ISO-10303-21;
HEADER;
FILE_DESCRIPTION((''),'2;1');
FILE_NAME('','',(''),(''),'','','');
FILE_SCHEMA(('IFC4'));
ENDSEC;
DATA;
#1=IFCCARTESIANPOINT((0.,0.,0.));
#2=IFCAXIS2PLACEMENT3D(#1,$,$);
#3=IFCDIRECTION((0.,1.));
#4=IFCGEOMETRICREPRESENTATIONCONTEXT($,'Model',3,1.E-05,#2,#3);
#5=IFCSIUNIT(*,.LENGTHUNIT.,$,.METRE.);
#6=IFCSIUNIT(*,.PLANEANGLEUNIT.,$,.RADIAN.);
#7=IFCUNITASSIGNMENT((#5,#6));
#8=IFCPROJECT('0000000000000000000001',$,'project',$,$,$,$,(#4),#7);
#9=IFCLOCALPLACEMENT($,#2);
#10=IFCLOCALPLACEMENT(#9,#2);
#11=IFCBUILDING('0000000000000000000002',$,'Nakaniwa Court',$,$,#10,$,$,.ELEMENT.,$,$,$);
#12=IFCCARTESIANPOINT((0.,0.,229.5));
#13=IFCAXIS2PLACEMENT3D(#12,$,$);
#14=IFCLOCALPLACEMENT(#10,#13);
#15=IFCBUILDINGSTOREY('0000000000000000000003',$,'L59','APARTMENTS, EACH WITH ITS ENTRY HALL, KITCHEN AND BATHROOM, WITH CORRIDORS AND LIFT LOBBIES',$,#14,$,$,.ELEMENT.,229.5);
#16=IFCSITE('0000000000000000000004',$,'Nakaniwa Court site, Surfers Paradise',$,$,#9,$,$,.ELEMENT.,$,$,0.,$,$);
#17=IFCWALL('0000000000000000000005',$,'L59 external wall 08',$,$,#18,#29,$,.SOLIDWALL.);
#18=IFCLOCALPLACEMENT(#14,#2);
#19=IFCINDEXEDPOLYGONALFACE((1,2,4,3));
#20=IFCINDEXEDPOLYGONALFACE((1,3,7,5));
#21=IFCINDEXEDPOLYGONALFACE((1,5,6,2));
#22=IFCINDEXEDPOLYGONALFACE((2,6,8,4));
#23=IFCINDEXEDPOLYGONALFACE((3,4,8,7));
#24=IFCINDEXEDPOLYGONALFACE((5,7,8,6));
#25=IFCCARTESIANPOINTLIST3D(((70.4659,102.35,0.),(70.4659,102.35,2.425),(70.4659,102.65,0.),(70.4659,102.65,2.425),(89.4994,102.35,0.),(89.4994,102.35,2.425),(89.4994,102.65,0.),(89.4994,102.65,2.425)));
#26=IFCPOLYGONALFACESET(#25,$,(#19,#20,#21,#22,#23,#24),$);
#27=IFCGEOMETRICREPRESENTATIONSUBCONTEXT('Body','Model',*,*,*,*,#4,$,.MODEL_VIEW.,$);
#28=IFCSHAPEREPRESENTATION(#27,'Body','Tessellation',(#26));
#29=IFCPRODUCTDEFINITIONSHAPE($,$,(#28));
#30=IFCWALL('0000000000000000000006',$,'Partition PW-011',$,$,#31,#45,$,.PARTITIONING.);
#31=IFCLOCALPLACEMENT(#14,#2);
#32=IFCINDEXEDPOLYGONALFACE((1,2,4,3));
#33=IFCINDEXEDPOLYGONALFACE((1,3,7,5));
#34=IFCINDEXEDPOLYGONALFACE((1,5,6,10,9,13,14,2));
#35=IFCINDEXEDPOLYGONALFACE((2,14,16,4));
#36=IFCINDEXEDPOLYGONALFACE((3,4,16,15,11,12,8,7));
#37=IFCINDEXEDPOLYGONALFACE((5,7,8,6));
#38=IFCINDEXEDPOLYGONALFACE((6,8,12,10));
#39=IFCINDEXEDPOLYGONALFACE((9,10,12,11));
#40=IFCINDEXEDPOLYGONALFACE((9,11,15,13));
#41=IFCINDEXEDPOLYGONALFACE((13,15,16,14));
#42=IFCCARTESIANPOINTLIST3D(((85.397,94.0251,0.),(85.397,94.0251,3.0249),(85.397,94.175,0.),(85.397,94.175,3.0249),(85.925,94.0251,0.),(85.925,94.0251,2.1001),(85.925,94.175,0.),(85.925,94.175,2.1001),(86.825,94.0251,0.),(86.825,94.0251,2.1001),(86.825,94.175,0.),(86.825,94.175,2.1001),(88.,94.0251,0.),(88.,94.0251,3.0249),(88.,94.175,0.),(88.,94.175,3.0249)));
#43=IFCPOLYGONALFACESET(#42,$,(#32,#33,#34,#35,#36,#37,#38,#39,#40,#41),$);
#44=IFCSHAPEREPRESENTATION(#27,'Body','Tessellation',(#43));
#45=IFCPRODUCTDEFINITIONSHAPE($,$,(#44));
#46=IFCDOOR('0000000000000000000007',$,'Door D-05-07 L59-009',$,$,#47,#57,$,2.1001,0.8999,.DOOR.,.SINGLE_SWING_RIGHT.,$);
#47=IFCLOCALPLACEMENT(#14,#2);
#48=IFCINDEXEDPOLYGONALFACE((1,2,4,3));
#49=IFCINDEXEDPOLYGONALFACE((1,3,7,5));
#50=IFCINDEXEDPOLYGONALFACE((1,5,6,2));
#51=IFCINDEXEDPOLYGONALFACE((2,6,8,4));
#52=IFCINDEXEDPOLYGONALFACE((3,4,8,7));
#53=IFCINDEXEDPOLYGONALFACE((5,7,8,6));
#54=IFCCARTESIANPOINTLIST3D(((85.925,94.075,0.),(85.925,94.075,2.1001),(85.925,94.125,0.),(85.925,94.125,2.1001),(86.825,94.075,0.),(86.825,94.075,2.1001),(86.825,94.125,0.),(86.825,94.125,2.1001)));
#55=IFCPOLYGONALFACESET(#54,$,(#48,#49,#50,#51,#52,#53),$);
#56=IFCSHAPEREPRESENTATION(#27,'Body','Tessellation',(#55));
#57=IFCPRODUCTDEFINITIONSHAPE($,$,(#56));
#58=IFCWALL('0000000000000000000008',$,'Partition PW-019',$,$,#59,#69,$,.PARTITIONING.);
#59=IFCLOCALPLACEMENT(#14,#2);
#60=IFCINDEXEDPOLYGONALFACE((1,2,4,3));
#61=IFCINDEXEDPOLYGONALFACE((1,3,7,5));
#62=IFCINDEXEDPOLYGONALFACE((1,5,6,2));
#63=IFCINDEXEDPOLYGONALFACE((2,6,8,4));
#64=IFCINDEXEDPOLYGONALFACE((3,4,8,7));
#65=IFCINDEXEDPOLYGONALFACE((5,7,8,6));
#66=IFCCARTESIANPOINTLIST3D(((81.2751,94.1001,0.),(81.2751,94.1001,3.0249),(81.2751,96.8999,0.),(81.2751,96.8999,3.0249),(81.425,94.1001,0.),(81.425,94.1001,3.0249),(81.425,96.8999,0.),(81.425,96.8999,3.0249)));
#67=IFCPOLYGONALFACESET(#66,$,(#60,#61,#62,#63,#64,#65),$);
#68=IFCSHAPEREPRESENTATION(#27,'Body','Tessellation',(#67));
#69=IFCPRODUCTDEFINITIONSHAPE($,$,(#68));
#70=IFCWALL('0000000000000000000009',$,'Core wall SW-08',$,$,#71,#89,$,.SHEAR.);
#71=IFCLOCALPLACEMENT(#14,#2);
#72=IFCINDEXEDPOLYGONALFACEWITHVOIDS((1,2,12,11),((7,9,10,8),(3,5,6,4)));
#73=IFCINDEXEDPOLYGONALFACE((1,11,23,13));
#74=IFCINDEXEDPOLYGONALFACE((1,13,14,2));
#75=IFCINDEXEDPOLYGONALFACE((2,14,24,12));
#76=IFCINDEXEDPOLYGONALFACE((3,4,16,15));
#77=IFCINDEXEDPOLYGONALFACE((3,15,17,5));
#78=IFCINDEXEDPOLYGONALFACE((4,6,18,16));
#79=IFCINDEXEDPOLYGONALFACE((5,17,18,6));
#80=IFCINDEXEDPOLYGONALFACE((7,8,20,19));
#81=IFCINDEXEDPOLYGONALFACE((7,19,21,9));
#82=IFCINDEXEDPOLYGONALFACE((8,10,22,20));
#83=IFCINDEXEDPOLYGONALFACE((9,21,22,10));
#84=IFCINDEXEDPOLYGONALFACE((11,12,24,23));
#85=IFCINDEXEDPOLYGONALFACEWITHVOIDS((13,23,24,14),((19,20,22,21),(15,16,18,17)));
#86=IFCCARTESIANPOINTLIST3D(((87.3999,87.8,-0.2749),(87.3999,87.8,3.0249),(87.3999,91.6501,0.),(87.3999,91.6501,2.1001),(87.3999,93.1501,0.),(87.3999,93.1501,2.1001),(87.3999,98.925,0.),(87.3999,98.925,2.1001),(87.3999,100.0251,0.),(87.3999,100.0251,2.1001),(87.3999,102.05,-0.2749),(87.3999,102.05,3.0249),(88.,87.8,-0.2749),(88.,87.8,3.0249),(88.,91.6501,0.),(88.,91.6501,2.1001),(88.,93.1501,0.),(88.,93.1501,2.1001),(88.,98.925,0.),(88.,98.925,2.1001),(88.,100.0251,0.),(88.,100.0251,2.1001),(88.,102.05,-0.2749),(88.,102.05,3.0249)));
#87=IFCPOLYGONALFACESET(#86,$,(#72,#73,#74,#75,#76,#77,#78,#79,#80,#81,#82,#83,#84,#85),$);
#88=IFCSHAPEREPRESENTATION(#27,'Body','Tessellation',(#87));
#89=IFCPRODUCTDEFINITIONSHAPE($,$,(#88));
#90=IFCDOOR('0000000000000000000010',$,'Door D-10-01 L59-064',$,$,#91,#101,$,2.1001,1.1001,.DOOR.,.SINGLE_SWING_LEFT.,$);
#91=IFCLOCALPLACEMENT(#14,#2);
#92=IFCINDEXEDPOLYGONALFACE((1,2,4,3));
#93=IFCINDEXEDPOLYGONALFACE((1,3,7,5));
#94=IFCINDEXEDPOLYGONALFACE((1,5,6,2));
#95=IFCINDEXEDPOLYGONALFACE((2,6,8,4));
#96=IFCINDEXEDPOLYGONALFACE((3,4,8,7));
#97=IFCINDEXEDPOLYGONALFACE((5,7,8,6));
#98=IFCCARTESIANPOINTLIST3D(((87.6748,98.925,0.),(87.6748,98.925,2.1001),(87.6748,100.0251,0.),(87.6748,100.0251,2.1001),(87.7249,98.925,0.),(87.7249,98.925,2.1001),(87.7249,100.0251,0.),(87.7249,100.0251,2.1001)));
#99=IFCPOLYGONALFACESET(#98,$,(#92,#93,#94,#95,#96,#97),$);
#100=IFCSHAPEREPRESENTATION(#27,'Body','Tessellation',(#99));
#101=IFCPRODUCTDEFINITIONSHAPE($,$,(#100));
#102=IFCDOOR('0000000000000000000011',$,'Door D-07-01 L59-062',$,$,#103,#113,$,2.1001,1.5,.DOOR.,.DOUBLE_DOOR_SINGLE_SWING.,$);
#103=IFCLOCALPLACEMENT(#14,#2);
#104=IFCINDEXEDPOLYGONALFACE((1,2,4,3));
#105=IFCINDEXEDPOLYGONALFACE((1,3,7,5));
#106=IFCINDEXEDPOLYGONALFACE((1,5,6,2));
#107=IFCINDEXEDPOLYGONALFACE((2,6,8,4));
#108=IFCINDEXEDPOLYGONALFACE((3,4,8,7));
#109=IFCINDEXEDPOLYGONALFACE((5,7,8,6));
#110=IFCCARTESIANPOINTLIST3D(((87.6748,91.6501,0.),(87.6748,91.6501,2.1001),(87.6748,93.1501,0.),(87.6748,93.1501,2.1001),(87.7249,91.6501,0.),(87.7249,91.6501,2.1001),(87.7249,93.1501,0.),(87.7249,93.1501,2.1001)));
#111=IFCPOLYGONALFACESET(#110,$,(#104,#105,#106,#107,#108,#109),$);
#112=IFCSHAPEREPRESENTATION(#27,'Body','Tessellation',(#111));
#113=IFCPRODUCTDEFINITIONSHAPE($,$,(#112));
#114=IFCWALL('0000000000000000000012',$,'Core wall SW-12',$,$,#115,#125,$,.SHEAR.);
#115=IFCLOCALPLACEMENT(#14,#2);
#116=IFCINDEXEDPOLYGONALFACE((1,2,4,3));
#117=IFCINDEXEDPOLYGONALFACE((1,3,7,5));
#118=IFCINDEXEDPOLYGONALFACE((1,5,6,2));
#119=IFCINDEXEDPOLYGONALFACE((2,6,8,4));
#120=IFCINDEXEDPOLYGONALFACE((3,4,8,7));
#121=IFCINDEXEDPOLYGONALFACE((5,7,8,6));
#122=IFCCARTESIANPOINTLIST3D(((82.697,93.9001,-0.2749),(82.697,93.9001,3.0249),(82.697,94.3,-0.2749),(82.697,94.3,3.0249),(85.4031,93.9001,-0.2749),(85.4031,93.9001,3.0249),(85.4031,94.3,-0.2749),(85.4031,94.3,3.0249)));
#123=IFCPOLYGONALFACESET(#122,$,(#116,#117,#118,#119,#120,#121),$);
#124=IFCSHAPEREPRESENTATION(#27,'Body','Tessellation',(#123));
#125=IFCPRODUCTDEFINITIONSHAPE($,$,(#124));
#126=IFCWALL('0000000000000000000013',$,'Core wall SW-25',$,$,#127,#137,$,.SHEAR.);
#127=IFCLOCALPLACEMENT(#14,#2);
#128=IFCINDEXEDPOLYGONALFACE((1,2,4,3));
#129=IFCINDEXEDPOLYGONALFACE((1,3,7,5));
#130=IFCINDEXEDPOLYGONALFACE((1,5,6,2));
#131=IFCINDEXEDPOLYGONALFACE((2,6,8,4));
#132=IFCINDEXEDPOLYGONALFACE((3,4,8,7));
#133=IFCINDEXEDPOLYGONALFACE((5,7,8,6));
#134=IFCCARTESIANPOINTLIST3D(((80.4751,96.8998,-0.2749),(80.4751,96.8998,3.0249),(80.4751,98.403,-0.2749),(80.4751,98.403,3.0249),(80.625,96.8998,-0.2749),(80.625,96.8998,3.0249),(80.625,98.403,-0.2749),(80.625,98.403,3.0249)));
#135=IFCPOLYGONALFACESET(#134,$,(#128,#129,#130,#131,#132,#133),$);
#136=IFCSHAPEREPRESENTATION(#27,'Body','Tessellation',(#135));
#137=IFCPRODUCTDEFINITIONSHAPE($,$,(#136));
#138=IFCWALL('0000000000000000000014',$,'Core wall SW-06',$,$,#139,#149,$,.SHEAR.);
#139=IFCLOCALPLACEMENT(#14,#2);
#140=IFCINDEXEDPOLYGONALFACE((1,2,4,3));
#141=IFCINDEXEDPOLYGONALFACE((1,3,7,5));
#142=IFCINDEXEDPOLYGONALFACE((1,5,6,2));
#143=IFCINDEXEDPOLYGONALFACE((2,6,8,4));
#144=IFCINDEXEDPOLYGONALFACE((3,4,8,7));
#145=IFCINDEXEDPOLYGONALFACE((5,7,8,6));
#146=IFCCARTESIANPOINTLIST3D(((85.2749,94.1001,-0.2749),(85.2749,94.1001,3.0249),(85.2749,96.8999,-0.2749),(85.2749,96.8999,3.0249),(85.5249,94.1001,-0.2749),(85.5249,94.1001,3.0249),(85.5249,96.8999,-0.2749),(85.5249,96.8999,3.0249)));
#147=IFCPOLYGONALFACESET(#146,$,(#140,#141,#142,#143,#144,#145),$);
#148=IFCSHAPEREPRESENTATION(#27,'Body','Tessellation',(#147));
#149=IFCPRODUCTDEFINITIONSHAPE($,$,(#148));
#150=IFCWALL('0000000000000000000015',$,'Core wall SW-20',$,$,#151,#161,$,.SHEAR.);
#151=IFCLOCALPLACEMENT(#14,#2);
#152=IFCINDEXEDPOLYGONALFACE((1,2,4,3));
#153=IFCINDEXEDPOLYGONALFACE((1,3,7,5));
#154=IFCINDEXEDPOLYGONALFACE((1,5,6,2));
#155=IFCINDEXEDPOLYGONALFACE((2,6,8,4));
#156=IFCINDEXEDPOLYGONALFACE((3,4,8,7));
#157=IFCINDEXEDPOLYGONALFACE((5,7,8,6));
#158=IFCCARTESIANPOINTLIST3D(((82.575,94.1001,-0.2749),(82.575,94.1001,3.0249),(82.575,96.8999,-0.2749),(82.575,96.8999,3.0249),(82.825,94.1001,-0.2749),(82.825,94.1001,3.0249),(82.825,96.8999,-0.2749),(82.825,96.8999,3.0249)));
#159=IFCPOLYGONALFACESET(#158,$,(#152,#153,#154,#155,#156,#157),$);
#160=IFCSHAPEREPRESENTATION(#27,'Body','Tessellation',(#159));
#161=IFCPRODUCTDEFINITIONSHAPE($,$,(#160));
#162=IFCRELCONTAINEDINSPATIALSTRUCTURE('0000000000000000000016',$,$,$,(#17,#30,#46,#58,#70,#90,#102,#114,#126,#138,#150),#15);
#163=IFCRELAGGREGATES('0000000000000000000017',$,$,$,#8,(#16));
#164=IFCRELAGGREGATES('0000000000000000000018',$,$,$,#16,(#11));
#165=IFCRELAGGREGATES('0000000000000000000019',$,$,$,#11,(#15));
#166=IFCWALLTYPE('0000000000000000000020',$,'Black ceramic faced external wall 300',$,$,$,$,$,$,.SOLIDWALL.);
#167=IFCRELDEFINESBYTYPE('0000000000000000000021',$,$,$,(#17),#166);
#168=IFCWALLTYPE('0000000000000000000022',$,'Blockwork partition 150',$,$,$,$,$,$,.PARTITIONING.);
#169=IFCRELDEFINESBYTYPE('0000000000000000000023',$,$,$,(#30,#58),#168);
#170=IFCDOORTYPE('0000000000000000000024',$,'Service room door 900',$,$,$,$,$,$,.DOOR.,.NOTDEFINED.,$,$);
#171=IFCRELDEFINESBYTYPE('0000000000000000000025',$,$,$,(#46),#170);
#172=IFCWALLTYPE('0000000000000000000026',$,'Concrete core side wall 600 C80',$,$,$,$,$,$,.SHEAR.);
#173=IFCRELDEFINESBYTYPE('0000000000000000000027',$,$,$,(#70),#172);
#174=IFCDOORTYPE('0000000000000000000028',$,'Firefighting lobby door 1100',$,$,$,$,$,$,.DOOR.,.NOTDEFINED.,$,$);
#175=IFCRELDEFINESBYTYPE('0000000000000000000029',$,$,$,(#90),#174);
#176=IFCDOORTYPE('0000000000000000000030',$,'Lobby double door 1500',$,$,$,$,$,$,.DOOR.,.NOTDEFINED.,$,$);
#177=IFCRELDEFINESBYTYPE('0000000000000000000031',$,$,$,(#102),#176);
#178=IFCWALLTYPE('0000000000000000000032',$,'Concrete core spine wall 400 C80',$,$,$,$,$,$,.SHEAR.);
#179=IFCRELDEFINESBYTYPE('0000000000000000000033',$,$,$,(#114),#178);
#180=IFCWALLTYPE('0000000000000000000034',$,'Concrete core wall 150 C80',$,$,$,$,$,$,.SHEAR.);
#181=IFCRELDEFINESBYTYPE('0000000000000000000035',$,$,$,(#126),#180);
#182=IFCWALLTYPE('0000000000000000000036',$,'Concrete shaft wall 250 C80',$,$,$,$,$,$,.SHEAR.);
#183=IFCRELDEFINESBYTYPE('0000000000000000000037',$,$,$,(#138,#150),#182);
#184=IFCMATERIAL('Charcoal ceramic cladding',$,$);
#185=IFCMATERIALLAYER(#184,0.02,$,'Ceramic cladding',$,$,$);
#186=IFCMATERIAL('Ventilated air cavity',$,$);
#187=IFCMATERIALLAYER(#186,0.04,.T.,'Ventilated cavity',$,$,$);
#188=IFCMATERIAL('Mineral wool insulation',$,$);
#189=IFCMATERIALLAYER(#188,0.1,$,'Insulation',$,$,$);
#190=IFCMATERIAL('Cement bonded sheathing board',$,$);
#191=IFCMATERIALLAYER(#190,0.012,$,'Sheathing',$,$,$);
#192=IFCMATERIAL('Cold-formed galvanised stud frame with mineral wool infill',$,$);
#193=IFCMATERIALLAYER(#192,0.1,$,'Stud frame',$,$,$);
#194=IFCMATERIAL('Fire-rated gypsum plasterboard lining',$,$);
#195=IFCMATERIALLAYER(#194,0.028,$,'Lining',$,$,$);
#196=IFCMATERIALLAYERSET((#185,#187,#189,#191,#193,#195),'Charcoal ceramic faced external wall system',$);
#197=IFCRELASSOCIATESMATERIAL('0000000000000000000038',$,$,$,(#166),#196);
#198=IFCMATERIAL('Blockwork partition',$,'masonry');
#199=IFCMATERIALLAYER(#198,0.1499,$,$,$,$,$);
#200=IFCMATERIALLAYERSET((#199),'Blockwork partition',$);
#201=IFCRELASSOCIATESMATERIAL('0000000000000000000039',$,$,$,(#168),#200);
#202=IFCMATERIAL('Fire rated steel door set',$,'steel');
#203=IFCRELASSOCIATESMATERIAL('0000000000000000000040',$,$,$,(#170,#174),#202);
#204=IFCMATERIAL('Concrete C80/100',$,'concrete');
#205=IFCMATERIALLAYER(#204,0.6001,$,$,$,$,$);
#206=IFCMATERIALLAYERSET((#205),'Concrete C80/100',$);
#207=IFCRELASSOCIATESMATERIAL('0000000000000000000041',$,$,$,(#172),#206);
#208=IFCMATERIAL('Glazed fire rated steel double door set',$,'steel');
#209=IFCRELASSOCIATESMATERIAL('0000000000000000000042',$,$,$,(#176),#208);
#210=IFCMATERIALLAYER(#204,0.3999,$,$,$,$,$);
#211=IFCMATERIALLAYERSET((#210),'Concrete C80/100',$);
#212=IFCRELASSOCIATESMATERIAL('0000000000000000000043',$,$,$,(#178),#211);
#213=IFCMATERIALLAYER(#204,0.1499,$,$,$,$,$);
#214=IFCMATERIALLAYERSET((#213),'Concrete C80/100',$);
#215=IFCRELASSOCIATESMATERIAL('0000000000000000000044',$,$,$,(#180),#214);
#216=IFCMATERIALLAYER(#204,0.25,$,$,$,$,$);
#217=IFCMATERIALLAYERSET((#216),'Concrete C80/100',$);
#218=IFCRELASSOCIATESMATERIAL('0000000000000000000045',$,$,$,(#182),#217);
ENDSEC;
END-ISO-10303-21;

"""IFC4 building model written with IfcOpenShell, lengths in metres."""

from ifc_helpers import new_model, si_unit, direction, frame, frame_2d, origin, place, context, subcontext, project, spatial, rectangle, extrude, material, layer, layer_set, type_object, element, fill, save


model = new_model("IFC4")

# Units and contexts
model_context = context("Model", 3, precision=1e-05, world=origin(), true_north=direction((0.0, 1.0)))
body_context = subcontext(model_context, "Body", "Model", "MODEL_VIEW")
ifc_project = project(units=[si_unit("LENGTHUNIT", "METRE"), si_unit("PLANEANGLEUNIT", "RADIAN")], contexts=[model_context])

# Site, building, storey
site_placement = place(None, origin())
site = spatial("IfcSite", under=ifc_project, at=site_placement, Name="Nakaniwa Court site, Surfers Paradise", CompositionType="ELEMENT", RefElevation=0.0)
building_placement = place(site_placement, origin())
building = spatial("IfcBuilding", under=site, at=building_placement, Name="Nakaniwa Court", CompositionType="ELEMENT")
storey_placement = place(building_placement, frame((0.0, 0.0, 229.5)))
storey = spatial("IfcBuildingStorey", under=building, at=storey_placement, Name="L59", Description="APARTMENTS, EACH WITH ITS ENTRY HALL, KITCHEN AND BATHROOM, WITH CORRIDORS AND LIFT LOBBIES", CompositionType="ELEMENT", Elevation=229.5)

# Wall
ifc_material_1 = material(Name="Charcoal ceramic cladding")
ifc_layer_1 = layer(ifc_material_1, 0.02, Name="Ceramic cladding")
ifc_material_2 = material(Name="Ventilated air cavity")
ifc_layer_2 = layer(ifc_material_2, 0.04, ventilated=True, Name="Ventilated cavity")
ifc_material_3 = material(Name="Mineral wool insulation")
ifc_layer_3 = layer(ifc_material_3, 0.1, Name="Insulation")
ifc_material_4 = material(Name="Cement bonded sheathing board")
ifc_layer_4 = layer(ifc_material_4, 0.012, Name="Sheathing")
ifc_material_5 = material(Name="Cold-formed galvanised stud frame with mineral wool infill")
ifc_layer_5 = layer(ifc_material_5, 0.1, Name="Stud frame")
ifc_material_6 = material(Name="Fire-rated gypsum plasterboard lining")
ifc_layer_6 = layer(ifc_material_6, 0.028, Name="Lining")
ifc_layer_set_1 = layer_set([ifc_layer_1, ifc_layer_2, ifc_layer_3, ifc_layer_4, ifc_layer_5, ifc_layer_6], Name="Charcoal ceramic faced external wall system")
wall_type_1 = type_object("IfcWallType", Name="Black ceramic faced external wall 300", PredefinedType="SOLIDWALL", material=ifc_layer_set_1)
wall_1_placement = place(storey_placement, frame((89.4993, 102.5, 0.0), z_axis=(0.0, 0.0, 1.0), x_axis=(-1.0, 0.0, 0.0)))
element("IfcWall", 1, at=wall_1_placement, inside=storey, type_object=wall_type_1, Name="L59 external wall 08", PredefinedType="SOLIDWALL", context=body_context, shape_type="SweptSolid", body=[
    extrude(rectangle(XDim=19.0334, YDim=0.3, at=frame_2d((9.5166, 0.0))), origin(), (0.0, 0.0, 1.0), 2.425),
])

# Wall, opening, door
ifc_material_7 = material(Name="Blockwork partition", Category="masonry")
ifc_layer_7 = layer(ifc_material_7, 0.1499)
ifc_layer_set_2 = layer_set([ifc_layer_7], Name="Blockwork partition")
wall_type_2 = type_object("IfcWallType", Name="Blockwork partition 150", PredefinedType="PARTITIONING", material=ifc_layer_set_2)
wall_2_placement = place(storey_placement, frame((85.397, 94.1001, 0.0), z_axis=(0.0, 0.0, 1.0), x_axis=(1.0, 0.0, 0.0)))
wall_2 = element("IfcWall", 2, at=wall_2_placement, inside=storey, type_object=wall_type_2, Name="Partition PW-011", PredefinedType="PARTITIONING", context=body_context, shape_type="SweptSolid", body=[
    extrude(rectangle(XDim=2.603, YDim=0.1499, at=frame_2d((1.3015, 0.0))), origin(), (0.0, 0.0, 1.0), 3.0249),
])
opening_1_placement = place(wall_2_placement, frame((0.5281, 0.0, 0.0)))
opening_1 = element("IfcOpeningElement", 3, at=opening_1_placement, cuts=wall_2, PredefinedType="OPENING", context=body_context, shape_type="SweptSolid", body=[
    extrude(rectangle(XDim=0.8999, YDim=2.1001, at=frame_2d((0.45, 1.05))), frame((0.0, 0.085, 0.0), z_axis=(0.0, -1.0, 0.0), x_axis=(1.0, 0.0, 0.0)), (0.0, 0.0, 1.0), 0.1699),
])
ifc_material_8 = material(Name="Fire rated steel door set", Category="steel")
door_type_1 = type_object("IfcDoorType", Name="Service room door 900", OperationType="NOTDEFINED", PredefinedType="DOOR", material=ifc_material_8)
door_1_placement = place(opening_1_placement, origin())
door_1 = element("IfcDoor", 4, at=door_1_placement, inside=storey, type_object=door_type_1, Name="Door D-05-07 L59-009", OperationType="SINGLE_SWING_RIGHT", OverallHeight=2.1001, OverallWidth=0.8999, PredefinedType="DOOR", context=body_context, shape_type="SweptSolid", body=[
    extrude(rectangle(XDim=0.8999, YDim=2.1001, at=frame_2d((0.45, 1.05))), frame((0.0, 0.0249, 0.0), z_axis=(0.0, -1.0, 0.0), x_axis=(1.0, 0.0, 0.0)), (0.0, 0.0, 1.0), 0.05),
])
fill(opening_1, door_1)

# Wall
wall_3_placement = place(storey_placement, frame((81.3501, 94.1001, 0.0), z_axis=(0.0, 0.0, 1.0), x_axis=(0.0, 1.0, 0.0)))
element("IfcWall", 5, at=wall_3_placement, inside=storey, type_object=wall_type_2, Name="Partition PW-019", PredefinedType="PARTITIONING", context=body_context, shape_type="SweptSolid", body=[
    extrude(rectangle(XDim=2.7998, YDim=0.1499, at=frame_2d((1.3999, 0.0))), origin(), (0.0, 0.0, 1.0), 3.0249),
])

# Wall, openings, doors
ifc_material_9 = material(Name="Concrete C80/100", Category="concrete")
ifc_layer_8 = layer(ifc_material_9, 0.6001)
ifc_layer_set_3 = layer_set([ifc_layer_8], Name="Concrete C80/100")
wall_type_3 = type_object("IfcWallType", Name="Concrete core side wall 600 C80", PredefinedType="SHEAR", material=ifc_layer_set_3)
wall_4_placement = place(storey_placement, frame((87.7, 102.05, -0.2749), z_axis=(0.0, 0.0, 1.0), x_axis=(0.0, -1.0, 0.0)))
wall_4 = element("IfcWall", 6, at=wall_4_placement, inside=storey, type_object=wall_type_3, Name="Core wall SW-08", PredefinedType="SHEAR", context=body_context, shape_type="SweptSolid", body=[
    extrude(rectangle(XDim=14.25, YDim=0.6001, at=frame_2d((7.125, 0.0))), origin(), (0.0, 0.0, 1.0), 3.2998),
])
opening_2_placement = place(wall_4_placement, frame((8.8999, 0.0, 0.2749)))
opening_2 = element("IfcOpeningElement", 7, at=opening_2_placement, cuts=wall_4, PredefinedType="OPENING", context=body_context, shape_type="SweptSolid", body=[
    extrude(rectangle(XDim=1.5, YDim=2.1001, at=frame_2d((0.75, 1.05))), frame((0.0, 0.3101, 0.0), z_axis=(0.0, -1.0, 0.0), x_axis=(1.0, 0.0, 0.0)), (0.0, 0.0, 1.0), 0.6201),
])
opening_3_placement = place(wall_4_placement, frame((2.0249, 0.0, 0.2749)))
opening_3 = element("IfcOpeningElement", 8, at=opening_3_placement, cuts=wall_4, PredefinedType="OPENING", context=body_context, shape_type="SweptSolid", body=[
    extrude(rectangle(XDim=1.1001, YDim=2.1001, at=frame_2d((0.55, 1.05))), frame((0.0, 0.3101, 0.0), z_axis=(0.0, -1.0, 0.0), x_axis=(1.0, 0.0, 0.0)), (0.0, 0.0, 1.0), 0.6201),
])
door_type_2 = type_object("IfcDoorType", Name="Firefighting lobby door 1100", OperationType="NOTDEFINED", PredefinedType="DOOR", material=ifc_material_8)
door_2_placement = place(opening_3_placement, origin())
door_2 = element("IfcDoor", 9, at=door_2_placement, inside=storey, type_object=door_type_2, Name="Door D-10-01 L59-064", OperationType="SINGLE_SWING_LEFT", OverallHeight=2.1001, OverallWidth=1.1001, PredefinedType="DOOR", context=body_context, shape_type="SweptSolid", body=[
    extrude(rectangle(XDim=1.1001, YDim=2.1001, at=frame_2d((0.55, 1.05))), frame((0.0, 0.0249, 0.0), z_axis=(0.0, -1.0, 0.0), x_axis=(1.0, 0.0, 0.0)), (0.0, 0.0, 1.0), 0.05),
])
fill(opening_3, door_2)
ifc_material_10 = material(Name="Glazed fire rated steel double door set", Category="steel")
door_type_3 = type_object("IfcDoorType", Name="Lobby double door 1500", OperationType="NOTDEFINED", PredefinedType="DOOR", material=ifc_material_10)
door_3_placement = place(opening_2_placement, origin())
door_3 = element("IfcDoor", 10, at=door_3_placement, inside=storey, type_object=door_type_3, Name="Door D-07-01 L59-062", OperationType="DOUBLE_DOOR_SINGLE_SWING", OverallHeight=2.1001, OverallWidth=1.5, PredefinedType="DOOR", context=body_context, shape_type="SweptSolid", body=[
    extrude(rectangle(XDim=1.5, YDim=2.1001, at=frame_2d((0.75, 1.05))), frame((0.0, 0.0249, 0.0), z_axis=(0.0, -1.0, 0.0), x_axis=(1.0, 0.0, 0.0)), (0.0, 0.0, 1.0), 0.05),
])
fill(opening_2, door_3)

# Walls
ifc_layer_9 = layer(ifc_material_9, 0.3999)
ifc_layer_set_4 = layer_set([ifc_layer_9], Name="Concrete C80/100")
wall_type_4 = type_object("IfcWallType", Name="Concrete core spine wall 400 C80", PredefinedType="SHEAR", material=ifc_layer_set_4)
wall_5_placement = place(storey_placement, frame((82.697, 94.1001, -0.2749), z_axis=(0.0, 0.0, 1.0), x_axis=(1.0, 0.0, 0.0)))
element("IfcWall", 11, at=wall_5_placement, inside=storey, type_object=wall_type_4, Name="Core wall SW-12", PredefinedType="SHEAR", context=body_context, shape_type="SweptSolid", body=[
    extrude(rectangle(XDim=2.7061, YDim=0.3999, at=frame_2d((1.353, 0.0))), origin(), (0.0, 0.0, 1.0), 3.2998),
])
ifc_layer_10 = layer(ifc_material_9, 0.1499)
ifc_layer_set_5 = layer_set([ifc_layer_10], Name="Concrete C80/100")
wall_type_5 = type_object("IfcWallType", Name="Concrete core wall 150 C80", PredefinedType="SHEAR", material=ifc_layer_set_5)
wall_6_placement = place(storey_placement, frame((80.55, 96.8999, -0.2749), z_axis=(0.0, 0.0, 1.0), x_axis=(0.0, 1.0, 0.0)))
element("IfcWall", 12, at=wall_6_placement, inside=storey, type_object=wall_type_5, Name="Core wall SW-25", PredefinedType="SHEAR", context=body_context, shape_type="SweptSolid", body=[
    extrude(rectangle(XDim=1.5032, YDim=0.1499, at=frame_2d((0.7515, 0.0))), origin(), (0.0, 0.0, 1.0), 3.2998),
])
ifc_layer_11 = layer(ifc_material_9, 0.25)
ifc_layer_set_6 = layer_set([ifc_layer_11], Name="Concrete C80/100")
wall_type_6 = type_object("IfcWallType", Name="Concrete shaft wall 250 C80", PredefinedType="SHEAR", material=ifc_layer_set_6)
for number, where, z_axis, x_axis, name in (
    (13, (85.3999, 94.1001, -0.2749), (0.0, 0.0, 1.0), (0.0, 1.0, 0.0), "Core wall SW-06"),
    (14, (82.7, 94.1001, -0.2749), (0.0, 0.0, 1.0), (0.0, 1.0, 0.0), "Core wall SW-20"),
):
    element("IfcWall", number, at=place(storey_placement, frame(where, z_axis=z_axis, x_axis=x_axis)), inside=storey, type_object=wall_type_6, Name=name, PredefinedType="SHEAR", context=body_context, shape_type="SweptSolid", body=[
        extrude(rectangle(XDim=2.7998, YDim=0.25, at=frame_2d((1.3999, 0.0))), origin(), (0.0, 0.0, 1.0), 3.2998),
    ])

save(model, "model.ifc")
